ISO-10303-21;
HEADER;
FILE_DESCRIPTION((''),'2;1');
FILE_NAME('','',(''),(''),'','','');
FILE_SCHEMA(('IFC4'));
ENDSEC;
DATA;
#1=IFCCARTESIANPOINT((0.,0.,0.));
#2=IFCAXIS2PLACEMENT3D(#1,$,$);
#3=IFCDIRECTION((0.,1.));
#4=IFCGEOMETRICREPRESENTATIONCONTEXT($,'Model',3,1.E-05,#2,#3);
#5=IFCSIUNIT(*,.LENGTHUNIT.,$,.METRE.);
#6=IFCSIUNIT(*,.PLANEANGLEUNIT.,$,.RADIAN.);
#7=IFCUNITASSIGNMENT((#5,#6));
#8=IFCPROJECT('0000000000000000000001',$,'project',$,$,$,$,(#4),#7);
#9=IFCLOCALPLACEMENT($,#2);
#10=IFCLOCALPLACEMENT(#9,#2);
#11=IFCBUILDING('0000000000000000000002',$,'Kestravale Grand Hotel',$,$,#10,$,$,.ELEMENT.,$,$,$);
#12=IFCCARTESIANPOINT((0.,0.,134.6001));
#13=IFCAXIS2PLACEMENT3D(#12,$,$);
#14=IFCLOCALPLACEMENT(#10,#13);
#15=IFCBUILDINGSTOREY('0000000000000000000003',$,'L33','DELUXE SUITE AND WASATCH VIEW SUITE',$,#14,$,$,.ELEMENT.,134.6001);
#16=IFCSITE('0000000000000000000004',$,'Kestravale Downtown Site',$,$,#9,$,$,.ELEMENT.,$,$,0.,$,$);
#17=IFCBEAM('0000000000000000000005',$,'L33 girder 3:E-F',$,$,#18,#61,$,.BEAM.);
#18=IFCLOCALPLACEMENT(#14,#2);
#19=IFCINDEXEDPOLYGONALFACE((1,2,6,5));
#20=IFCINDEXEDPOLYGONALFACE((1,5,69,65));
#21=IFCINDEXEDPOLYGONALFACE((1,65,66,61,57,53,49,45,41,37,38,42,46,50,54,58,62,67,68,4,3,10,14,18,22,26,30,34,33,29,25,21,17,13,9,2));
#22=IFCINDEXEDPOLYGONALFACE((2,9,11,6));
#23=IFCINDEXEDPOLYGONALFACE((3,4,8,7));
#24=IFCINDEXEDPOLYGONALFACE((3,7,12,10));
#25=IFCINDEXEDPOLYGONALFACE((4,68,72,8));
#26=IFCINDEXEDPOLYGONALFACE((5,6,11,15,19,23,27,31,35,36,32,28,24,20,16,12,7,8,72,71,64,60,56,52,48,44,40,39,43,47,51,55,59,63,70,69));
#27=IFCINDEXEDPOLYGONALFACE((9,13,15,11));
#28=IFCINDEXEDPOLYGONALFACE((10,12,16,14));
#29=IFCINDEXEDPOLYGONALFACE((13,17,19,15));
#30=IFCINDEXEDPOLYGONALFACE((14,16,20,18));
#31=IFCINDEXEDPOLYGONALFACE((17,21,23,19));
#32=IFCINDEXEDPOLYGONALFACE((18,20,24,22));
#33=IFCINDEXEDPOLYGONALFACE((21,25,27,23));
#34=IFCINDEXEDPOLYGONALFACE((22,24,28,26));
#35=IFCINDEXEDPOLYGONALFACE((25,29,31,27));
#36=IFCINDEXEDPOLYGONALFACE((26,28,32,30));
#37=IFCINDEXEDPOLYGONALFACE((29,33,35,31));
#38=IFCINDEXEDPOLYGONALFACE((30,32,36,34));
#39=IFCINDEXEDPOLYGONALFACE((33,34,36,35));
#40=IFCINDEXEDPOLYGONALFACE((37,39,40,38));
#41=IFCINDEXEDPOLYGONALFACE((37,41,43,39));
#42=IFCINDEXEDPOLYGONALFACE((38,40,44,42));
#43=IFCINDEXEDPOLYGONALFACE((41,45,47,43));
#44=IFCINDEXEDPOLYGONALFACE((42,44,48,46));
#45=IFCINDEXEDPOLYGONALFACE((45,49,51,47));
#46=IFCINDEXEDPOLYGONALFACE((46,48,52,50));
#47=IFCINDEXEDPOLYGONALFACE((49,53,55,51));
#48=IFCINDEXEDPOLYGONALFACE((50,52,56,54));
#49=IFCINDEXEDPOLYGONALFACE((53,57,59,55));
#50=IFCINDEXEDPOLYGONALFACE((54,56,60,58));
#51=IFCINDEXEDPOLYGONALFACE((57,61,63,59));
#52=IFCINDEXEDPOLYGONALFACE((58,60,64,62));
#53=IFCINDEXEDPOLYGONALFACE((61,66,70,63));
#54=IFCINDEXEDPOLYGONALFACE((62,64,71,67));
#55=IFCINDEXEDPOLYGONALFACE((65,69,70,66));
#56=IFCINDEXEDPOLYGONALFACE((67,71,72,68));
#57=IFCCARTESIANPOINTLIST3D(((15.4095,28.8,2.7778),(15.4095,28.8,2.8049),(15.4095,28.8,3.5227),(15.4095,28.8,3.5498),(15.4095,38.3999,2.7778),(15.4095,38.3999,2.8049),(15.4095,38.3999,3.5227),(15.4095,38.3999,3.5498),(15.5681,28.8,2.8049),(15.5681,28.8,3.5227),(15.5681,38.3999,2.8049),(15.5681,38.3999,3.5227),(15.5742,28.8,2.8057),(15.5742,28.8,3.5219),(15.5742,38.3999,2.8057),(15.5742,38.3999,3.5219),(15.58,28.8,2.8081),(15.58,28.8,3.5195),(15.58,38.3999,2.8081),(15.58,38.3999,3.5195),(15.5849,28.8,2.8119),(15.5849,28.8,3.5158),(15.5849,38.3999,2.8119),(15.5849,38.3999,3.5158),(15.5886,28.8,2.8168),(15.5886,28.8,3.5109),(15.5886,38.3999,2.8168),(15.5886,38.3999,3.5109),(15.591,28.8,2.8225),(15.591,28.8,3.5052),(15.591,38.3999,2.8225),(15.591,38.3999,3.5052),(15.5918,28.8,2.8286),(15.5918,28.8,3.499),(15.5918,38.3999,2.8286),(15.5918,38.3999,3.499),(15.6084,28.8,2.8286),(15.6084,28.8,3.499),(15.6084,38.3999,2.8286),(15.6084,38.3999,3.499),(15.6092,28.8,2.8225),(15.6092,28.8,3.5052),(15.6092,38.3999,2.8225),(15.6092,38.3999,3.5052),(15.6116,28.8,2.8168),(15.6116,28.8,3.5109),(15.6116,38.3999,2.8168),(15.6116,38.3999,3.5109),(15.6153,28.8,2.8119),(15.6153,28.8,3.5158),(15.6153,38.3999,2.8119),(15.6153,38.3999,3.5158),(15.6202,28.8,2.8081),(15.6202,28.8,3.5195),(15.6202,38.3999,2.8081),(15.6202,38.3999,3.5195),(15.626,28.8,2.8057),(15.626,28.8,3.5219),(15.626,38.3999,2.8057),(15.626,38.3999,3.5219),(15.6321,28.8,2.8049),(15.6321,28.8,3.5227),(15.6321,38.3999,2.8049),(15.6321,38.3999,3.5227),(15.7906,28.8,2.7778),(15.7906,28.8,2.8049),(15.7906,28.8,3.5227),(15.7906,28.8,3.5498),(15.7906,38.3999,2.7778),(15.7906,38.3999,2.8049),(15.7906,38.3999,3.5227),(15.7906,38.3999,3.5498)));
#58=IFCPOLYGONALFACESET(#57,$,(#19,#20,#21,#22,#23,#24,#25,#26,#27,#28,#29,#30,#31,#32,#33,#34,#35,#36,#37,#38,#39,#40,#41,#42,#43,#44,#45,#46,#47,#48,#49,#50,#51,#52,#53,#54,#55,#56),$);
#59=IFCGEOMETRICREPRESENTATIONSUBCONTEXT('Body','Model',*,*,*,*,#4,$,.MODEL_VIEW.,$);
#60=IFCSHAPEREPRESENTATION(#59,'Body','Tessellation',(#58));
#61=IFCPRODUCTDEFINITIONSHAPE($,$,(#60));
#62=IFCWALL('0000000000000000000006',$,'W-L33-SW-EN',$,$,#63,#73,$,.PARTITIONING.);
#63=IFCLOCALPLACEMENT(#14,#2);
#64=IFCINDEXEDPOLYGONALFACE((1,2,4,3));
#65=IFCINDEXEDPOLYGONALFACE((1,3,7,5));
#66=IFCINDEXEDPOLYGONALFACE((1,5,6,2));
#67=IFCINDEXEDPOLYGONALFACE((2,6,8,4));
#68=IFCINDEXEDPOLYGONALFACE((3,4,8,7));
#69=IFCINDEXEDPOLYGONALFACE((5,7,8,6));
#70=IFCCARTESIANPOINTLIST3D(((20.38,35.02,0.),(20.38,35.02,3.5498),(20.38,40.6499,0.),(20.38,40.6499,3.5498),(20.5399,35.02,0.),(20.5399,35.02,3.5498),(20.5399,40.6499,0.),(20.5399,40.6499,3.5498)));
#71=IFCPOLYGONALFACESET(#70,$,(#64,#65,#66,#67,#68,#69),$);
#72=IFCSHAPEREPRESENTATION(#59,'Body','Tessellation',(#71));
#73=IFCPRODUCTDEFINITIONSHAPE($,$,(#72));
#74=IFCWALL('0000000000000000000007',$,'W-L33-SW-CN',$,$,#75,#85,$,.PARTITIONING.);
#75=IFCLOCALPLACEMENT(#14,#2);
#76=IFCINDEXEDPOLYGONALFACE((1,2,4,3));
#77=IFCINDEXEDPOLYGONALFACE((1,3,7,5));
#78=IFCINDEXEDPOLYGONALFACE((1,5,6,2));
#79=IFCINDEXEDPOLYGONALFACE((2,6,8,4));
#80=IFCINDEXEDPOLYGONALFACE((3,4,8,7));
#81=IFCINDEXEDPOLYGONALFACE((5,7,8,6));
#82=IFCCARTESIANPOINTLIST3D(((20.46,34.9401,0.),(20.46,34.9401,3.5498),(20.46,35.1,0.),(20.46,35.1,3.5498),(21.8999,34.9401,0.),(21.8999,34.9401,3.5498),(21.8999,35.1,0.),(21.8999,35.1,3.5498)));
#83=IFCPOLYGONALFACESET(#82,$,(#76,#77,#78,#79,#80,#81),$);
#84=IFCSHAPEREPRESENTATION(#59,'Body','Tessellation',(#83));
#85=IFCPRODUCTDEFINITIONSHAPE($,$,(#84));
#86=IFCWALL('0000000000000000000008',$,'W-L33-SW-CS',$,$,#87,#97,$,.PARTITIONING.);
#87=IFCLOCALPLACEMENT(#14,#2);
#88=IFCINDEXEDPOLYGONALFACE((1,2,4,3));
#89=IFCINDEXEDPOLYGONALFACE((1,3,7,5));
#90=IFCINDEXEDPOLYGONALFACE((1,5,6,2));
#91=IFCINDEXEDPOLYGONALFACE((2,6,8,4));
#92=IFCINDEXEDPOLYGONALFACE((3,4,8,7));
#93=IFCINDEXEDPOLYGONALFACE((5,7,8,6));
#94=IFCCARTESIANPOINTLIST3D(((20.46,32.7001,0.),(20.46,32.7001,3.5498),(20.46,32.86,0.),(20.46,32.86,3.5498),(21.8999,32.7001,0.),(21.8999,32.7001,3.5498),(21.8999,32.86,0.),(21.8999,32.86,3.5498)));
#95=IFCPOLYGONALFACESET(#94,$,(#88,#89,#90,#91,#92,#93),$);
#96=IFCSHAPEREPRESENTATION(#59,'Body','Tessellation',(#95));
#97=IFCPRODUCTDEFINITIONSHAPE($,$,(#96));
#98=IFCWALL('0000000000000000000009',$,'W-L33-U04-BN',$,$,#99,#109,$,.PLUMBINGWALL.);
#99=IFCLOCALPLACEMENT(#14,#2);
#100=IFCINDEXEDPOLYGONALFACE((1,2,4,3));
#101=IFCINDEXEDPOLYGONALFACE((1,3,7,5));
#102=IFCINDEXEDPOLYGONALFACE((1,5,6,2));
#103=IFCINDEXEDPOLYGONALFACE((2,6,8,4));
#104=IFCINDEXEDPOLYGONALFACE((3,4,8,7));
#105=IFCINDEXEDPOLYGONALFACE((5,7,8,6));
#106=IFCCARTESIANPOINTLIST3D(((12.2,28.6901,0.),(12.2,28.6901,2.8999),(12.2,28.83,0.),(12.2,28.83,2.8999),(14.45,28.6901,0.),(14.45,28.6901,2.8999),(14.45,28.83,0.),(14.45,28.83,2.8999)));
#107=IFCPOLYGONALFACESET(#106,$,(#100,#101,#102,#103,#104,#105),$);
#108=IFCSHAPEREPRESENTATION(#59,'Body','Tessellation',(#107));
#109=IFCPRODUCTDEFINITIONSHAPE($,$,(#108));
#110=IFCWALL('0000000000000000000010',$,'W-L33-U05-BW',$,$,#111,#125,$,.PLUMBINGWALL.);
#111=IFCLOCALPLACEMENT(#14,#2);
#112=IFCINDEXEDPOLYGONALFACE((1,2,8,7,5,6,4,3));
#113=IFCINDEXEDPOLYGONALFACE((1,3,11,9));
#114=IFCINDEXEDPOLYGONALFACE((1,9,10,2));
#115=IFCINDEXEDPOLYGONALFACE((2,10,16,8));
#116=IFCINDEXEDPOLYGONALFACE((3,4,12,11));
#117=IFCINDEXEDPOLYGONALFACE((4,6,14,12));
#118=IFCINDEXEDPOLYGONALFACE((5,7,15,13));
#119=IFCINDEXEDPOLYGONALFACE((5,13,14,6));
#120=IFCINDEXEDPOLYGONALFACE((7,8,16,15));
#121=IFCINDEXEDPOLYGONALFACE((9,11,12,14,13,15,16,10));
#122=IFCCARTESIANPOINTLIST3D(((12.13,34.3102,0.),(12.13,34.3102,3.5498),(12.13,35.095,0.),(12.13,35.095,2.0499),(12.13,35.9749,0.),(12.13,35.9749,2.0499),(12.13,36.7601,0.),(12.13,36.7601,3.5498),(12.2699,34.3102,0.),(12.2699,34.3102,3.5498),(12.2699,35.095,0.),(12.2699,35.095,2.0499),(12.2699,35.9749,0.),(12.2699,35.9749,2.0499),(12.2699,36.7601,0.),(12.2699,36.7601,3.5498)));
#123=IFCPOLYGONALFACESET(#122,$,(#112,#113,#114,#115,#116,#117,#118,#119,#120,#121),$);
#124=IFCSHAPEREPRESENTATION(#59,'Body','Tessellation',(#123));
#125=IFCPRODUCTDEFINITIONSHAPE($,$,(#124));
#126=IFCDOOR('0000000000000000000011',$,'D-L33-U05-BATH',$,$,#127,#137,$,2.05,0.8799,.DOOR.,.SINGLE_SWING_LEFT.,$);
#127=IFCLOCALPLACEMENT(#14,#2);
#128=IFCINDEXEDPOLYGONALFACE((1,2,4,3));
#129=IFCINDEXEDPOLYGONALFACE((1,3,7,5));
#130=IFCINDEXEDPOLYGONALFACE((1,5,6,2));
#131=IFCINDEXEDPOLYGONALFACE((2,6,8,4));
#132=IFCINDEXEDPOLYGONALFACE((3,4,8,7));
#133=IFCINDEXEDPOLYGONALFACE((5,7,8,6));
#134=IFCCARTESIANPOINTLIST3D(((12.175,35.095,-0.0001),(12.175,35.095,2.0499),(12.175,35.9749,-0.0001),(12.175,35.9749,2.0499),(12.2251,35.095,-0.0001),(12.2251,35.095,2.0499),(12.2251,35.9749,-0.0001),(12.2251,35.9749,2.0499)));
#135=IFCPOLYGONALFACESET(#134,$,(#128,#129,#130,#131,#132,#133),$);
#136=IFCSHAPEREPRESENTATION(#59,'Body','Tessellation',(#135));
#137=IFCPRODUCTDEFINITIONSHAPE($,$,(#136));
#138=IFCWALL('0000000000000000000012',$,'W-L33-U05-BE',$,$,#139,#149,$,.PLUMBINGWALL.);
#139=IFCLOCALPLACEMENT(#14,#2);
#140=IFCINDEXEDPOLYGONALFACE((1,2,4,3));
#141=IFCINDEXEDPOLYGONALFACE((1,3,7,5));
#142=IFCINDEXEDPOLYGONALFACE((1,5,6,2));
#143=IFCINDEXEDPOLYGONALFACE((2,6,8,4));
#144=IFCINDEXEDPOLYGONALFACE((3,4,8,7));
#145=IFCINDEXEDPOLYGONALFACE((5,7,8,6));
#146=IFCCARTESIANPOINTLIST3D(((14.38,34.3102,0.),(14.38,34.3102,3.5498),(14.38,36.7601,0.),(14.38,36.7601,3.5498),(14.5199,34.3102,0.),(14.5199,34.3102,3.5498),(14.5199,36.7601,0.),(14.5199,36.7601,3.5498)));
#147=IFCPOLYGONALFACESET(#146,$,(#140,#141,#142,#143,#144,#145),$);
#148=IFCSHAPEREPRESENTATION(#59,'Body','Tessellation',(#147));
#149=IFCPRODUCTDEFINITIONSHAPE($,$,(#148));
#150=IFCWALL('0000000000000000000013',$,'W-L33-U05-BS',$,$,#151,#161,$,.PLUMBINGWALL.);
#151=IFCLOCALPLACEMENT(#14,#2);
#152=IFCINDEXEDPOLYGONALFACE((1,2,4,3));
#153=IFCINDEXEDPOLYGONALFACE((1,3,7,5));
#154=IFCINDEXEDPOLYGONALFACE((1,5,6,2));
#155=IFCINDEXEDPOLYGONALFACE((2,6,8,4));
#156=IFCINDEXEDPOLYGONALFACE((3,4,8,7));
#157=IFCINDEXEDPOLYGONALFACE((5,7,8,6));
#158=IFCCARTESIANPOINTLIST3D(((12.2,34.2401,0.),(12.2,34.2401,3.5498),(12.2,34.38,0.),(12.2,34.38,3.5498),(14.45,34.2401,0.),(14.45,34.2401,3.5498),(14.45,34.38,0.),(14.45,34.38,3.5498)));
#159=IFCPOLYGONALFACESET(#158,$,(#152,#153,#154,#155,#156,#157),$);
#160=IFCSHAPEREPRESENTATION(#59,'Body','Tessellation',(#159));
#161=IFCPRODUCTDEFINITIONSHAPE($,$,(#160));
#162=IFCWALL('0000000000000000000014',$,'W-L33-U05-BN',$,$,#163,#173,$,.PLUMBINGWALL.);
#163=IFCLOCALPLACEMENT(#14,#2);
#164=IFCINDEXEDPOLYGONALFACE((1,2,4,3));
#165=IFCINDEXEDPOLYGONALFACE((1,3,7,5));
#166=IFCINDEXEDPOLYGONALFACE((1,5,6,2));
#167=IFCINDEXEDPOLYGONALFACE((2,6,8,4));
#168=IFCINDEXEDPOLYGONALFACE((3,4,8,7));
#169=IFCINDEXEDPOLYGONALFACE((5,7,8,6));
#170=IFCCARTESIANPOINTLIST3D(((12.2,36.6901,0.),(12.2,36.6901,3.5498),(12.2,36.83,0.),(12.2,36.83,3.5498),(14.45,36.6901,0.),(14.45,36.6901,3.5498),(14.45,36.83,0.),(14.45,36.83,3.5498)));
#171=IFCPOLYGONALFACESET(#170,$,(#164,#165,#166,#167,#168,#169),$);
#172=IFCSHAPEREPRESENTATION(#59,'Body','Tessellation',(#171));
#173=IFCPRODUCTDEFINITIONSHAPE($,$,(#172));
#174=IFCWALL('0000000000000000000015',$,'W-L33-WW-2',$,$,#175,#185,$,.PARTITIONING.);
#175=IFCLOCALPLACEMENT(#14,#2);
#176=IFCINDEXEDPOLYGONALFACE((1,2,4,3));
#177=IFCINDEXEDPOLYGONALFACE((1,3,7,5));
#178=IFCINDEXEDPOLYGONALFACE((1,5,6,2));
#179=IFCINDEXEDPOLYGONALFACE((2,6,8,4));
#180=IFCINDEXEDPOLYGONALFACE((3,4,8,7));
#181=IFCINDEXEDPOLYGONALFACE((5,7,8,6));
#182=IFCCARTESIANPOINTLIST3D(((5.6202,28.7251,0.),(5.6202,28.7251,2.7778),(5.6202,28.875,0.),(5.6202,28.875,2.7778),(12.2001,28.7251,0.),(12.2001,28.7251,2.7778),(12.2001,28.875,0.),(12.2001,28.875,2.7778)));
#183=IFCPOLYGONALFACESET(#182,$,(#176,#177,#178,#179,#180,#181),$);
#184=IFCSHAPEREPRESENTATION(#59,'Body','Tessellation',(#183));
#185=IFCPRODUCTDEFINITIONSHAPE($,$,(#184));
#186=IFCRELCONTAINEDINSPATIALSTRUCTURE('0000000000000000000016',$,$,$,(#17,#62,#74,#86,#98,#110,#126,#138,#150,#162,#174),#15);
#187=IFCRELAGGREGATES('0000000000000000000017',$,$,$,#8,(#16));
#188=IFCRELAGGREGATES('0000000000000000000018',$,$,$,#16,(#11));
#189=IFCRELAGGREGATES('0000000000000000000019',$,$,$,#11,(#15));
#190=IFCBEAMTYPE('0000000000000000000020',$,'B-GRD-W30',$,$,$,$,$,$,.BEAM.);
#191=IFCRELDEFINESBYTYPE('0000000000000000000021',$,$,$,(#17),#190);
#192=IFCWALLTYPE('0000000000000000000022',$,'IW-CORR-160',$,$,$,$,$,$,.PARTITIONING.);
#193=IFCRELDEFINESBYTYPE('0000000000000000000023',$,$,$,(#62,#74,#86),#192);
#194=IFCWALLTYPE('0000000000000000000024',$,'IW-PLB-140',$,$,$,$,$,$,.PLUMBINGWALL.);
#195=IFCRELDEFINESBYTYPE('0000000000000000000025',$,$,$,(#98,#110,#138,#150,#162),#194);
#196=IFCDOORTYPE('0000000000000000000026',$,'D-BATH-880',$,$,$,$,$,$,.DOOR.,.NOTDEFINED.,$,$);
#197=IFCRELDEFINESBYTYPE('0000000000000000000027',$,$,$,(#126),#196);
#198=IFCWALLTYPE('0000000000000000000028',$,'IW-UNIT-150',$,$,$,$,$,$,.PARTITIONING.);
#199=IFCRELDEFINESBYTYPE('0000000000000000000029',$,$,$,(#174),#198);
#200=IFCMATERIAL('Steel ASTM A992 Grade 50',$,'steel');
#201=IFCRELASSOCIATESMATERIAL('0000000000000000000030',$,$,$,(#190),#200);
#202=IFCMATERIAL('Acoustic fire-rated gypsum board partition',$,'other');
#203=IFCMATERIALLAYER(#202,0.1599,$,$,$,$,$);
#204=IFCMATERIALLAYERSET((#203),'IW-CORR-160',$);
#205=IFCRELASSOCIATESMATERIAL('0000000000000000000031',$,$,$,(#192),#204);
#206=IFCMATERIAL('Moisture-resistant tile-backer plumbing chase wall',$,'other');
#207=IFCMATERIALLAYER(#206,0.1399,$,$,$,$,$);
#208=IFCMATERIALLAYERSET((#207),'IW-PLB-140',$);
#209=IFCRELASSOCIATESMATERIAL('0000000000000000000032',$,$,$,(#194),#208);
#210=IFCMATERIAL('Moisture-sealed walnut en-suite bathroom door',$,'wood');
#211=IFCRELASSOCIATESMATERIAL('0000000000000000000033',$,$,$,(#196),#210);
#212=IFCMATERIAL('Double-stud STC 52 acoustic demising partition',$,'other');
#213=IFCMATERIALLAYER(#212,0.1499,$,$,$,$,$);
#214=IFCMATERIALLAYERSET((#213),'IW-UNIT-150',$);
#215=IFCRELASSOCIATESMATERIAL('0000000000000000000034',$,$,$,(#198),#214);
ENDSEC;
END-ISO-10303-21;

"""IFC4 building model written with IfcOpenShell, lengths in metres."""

from ifc_helpers import new_model, si_unit, direction, frame, frame_2d, origin, origin_2d, place, context, subcontext, project, spatial, rectangle, i_section, extrude, material, layer, layer_set, material_profile, profile_set, type_object, element, fill, save


model = new_model("IFC4")

# Units and contexts
model_context = context("Model", 3, precision=1e-05, world=origin(), true_north=direction((0.0, 1.0)))
body_context = subcontext(model_context, "Body", "Model", "MODEL_VIEW")
ifc_project = project(units=[si_unit("LENGTHUNIT", "METRE"), si_unit("PLANEANGLEUNIT", "RADIAN")], contexts=[model_context])

# Site, building, storey
site_placement = place(None, origin())
site = spatial("IfcSite", under=ifc_project, at=site_placement, Name="Kestravale Downtown Site", CompositionType="ELEMENT", RefElevation=0.0)
building_placement = place(site_placement, origin())
building = spatial("IfcBuilding", under=site, at=building_placement, Name="Kestravale Grand Hotel", CompositionType="ELEMENT")
storey_placement = place(building_placement, frame((0.0, 0.0, 134.6001)))
storey = spatial("IfcBuildingStorey", under=building, at=storey_placement, Name="L33", Description="DELUXE SUITE AND WASATCH VIEW SUITE", CompositionType="ELEMENT", Elevation=134.6001)

# Beam
ifc_material_1 = material(Name="Steel ASTM A992 Grade 50", Category="steel")
ifc_material_profile_1 = material_profile(ifc_material_1, i_section(OverallWidth=0.3811, OverallDepth=0.772, WebThickness=0.0166, FlangeThickness=0.0271, FilletRadius=0.0237, at=origin_2d()))
ifc_profile_set_1 = profile_set([ifc_material_profile_1], Name="Steel ASTM A992 Grade 50")
beam_type_1 = type_object("IfcBeamType", Name="B-GRD-W30", PredefinedType="BEAM", material=ifc_profile_set_1)
beam_1_placement = place(storey_placement, frame((15.6001, 28.8, 3.1638), z_axis=(0.0, 1.0, 0.0), x_axis=(-1.0, 0.0, 0.0)))
element("IfcBeam", 1, at=beam_1_placement, inside=storey, type_object=beam_type_1, Name="L33 girder 3:E-F", PredefinedType="BEAM", context=body_context, shape_type="SweptSolid", body=[
    extrude(i_section(OverallWidth=0.3811, OverallDepth=0.772, WebThickness=0.0166, FlangeThickness=0.0271, FilletRadius=0.0237, at=origin_2d()), origin(), (0.0, 0.0, 1.0), 9.5999),
])

# Walls
ifc_material_2 = material(Name="Acoustic fire-rated gypsum board partition", Category="other")
ifc_layer_1 = layer(ifc_material_2, 0.1599)
ifc_layer_set_1 = layer_set([ifc_layer_1], Name="IW-CORR-160")
wall_type_1 = type_object("IfcWallType", Name="IW-CORR-160", PredefinedType="PARTITIONING", material=ifc_layer_set_1)
wall_1_placement = place(storey_placement, frame((20.46, 35.02, 0.0), z_axis=(0.0, 0.0, 1.0), x_axis=(0.0, 1.0, 0.0)))
element("IfcWall", 2, at=wall_1_placement, inside=storey, type_object=wall_type_1, Name="W-L33-SW-EN", PredefinedType="PARTITIONING", context=body_context, shape_type="SweptSolid", body=[
    extrude(rectangle(XDim=5.6299, YDim=0.1599, at=frame_2d((2.8149, 0.0))), origin(), (0.0, 0.0, 1.0), 3.5498),
])
for number, where, z_axis, x_axis, name in (
    (3, (20.46, 35.02, 0.0), (0.0, 0.0, 1.0), (1.0, 0.0, 0.0), "W-L33-SW-CN"),
    (4, (20.46, 32.78, 0.0), (0.0, 0.0, 1.0), (1.0, 0.0, 0.0), "W-L33-SW-CS"),
):
    element("IfcWall", number, at=place(storey_placement, frame(where, z_axis=z_axis, x_axis=x_axis)), inside=storey, type_object=wall_type_1, Name=name, PredefinedType="PARTITIONING", context=body_context, shape_type="SweptSolid", body=[
        extrude(rectangle(XDim=1.4399, YDim=0.1599, at=frame_2d((0.72, 0.0))), origin(), (0.0, 0.0, 1.0), 3.5498),
    ])
ifc_material_3 = material(Name="Moisture-resistant tile-backer plumbing chase wall", Category="other")
ifc_layer_2 = layer(ifc_material_3, 0.1399)
ifc_layer_set_2 = layer_set([ifc_layer_2], Name="IW-PLB-140")
wall_type_2 = type_object("IfcWallType", Name="IW-PLB-140", PredefinedType="PLUMBINGWALL", material=ifc_layer_set_2)
wall_2_placement = place(storey_placement, frame((12.2, 28.76, 0.0), z_axis=(0.0, 0.0, 1.0), x_axis=(1.0, 0.0, 0.0)))
element("IfcWall", 5, at=wall_2_placement, inside=storey, type_object=wall_type_2, Name="W-L33-U04-BN", PredefinedType="PLUMBINGWALL", context=body_context, shape_type="SweptSolid", body=[
    extrude(rectangle(XDim=2.25, YDim=0.1399, at=frame_2d((1.125, 0.0))), origin(), (0.0, 0.0, 1.0), 2.8999),
])

# Wall, opening, door
wall_3_placement = place(storey_placement, frame((12.2, 34.3101, 0.0), z_axis=(0.0, 0.0, 1.0), x_axis=(0.0, 1.0, 0.0)))
wall_3 = element("IfcWall", 6, at=wall_3_placement, inside=storey, type_object=wall_type_2, Name="W-L33-U05-BW", PredefinedType="PLUMBINGWALL", context=body_context, shape_type="SweptSolid", body=[
    extrude(rectangle(XDim=2.45, YDim=0.1399, at=frame_2d((1.2251, 0.0))), origin(), (0.0, 0.0, 1.0), 3.5498),
])
opening_placement = place(wall_3_placement, frame((0.7849, 0.0, 0.0)))
opening = element("IfcOpeningElement", 7, at=opening_placement, cuts=wall_3, PredefinedType="OPENING", context=body_context, shape_type="SweptSolid", body=[
    extrude(rectangle(XDim=0.8799, YDim=2.05, at=frame_2d((0.4399, 1.0249))), frame((0.0, 0.0798, 0.0), z_axis=(0.0, -1.0, 0.0), x_axis=(1.0, 0.0, 0.0)), (0.0, 0.0, 1.0), 0.1599),
])
ifc_material_4 = material(Name="Moisture-sealed walnut en-suite bathroom door", Category="wood")
door_type = type_object("IfcDoorType", Name="D-BATH-880", OperationType="NOTDEFINED", PredefinedType="DOOR", material=ifc_material_4)
door_placement = place(opening_placement, origin())
door = element("IfcDoor", 8, at=door_placement, inside=storey, type_object=door_type, Name="D-L33-U05-BATH", OperationType="SINGLE_SWING_LEFT", OverallHeight=2.05, OverallWidth=0.8799, PredefinedType="DOOR", context=body_context, shape_type="SweptSolid", body=[
    extrude(rectangle(XDim=0.8799, YDim=2.05, at=frame_2d((0.4399, 1.0249))), frame((0.0, 0.0249, 0.0), z_axis=(0.0, -1.0, 0.0), x_axis=(1.0, 0.0, 0.0)), (0.0, 0.0, 1.0), 0.05),
])
fill(opening, door)

# Walls
wall_4_placement = place(storey_placement, frame((14.45, 34.3101, 0.0), z_axis=(0.0, 0.0, 1.0), x_axis=(0.0, 1.0, 0.0)))
element("IfcWall", 9, at=wall_4_placement, inside=storey, type_object=wall_type_2, Name="W-L33-U05-BE", PredefinedType="PLUMBINGWALL", context=body_context, shape_type="SweptSolid", body=[
    extrude(rectangle(XDim=2.45, YDim=0.1399, at=frame_2d((1.2251, 0.0))), origin(), (0.0, 0.0, 1.0), 3.5498),
])
for number, where, z_axis, x_axis, name in (
    (10, (12.2, 34.3101, 0.0), (0.0, 0.0, 1.0), (1.0, 0.0, 0.0), "W-L33-U05-BS"),
    (11, (12.2, 36.76, 0.0), (0.0, 0.0, 1.0), (1.0, 0.0, 0.0), "W-L33-U05-BN"),
):
    element("IfcWall", number, at=place(storey_placement, frame(where, z_axis=z_axis, x_axis=x_axis)), inside=storey, type_object=wall_type_2, Name=name, PredefinedType="PLUMBINGWALL", context=body_context, shape_type="SweptSolid", body=[
        extrude(rectangle(XDim=2.25, YDim=0.1399, at=frame_2d((1.125, 0.0))), origin(), (0.0, 0.0, 1.0), 3.5498),
    ])
ifc_material_5 = material(Name="Double-stud STC 52 acoustic demising partition", Category="other")
ifc_layer_3 = layer(ifc_material_5, 0.1499)
ifc_layer_set_3 = layer_set([ifc_layer_3], Name="IW-UNIT-150")
wall_type_3 = type_object("IfcWallType", Name="IW-UNIT-150", PredefinedType="PARTITIONING", material=ifc_layer_set_3)
wall_5_placement = place(storey_placement, frame((5.6201, 28.8, 0.0), z_axis=(0.0, 0.0, 1.0), x_axis=(1.0, 0.0, 0.0)))
element("IfcWall", 12, at=wall_5_placement, inside=storey, type_object=wall_type_3, Name="W-L33-WW-2", PredefinedType="PARTITIONING", context=body_context, shape_type="SweptSolid", body=[
    extrude(rectangle(XDim=6.5798, YDim=0.1499, at=frame_2d((3.29, 0.0))), origin(), (0.0, 0.0, 1.0), 2.7778),
])

save(model, "model.ifc")
